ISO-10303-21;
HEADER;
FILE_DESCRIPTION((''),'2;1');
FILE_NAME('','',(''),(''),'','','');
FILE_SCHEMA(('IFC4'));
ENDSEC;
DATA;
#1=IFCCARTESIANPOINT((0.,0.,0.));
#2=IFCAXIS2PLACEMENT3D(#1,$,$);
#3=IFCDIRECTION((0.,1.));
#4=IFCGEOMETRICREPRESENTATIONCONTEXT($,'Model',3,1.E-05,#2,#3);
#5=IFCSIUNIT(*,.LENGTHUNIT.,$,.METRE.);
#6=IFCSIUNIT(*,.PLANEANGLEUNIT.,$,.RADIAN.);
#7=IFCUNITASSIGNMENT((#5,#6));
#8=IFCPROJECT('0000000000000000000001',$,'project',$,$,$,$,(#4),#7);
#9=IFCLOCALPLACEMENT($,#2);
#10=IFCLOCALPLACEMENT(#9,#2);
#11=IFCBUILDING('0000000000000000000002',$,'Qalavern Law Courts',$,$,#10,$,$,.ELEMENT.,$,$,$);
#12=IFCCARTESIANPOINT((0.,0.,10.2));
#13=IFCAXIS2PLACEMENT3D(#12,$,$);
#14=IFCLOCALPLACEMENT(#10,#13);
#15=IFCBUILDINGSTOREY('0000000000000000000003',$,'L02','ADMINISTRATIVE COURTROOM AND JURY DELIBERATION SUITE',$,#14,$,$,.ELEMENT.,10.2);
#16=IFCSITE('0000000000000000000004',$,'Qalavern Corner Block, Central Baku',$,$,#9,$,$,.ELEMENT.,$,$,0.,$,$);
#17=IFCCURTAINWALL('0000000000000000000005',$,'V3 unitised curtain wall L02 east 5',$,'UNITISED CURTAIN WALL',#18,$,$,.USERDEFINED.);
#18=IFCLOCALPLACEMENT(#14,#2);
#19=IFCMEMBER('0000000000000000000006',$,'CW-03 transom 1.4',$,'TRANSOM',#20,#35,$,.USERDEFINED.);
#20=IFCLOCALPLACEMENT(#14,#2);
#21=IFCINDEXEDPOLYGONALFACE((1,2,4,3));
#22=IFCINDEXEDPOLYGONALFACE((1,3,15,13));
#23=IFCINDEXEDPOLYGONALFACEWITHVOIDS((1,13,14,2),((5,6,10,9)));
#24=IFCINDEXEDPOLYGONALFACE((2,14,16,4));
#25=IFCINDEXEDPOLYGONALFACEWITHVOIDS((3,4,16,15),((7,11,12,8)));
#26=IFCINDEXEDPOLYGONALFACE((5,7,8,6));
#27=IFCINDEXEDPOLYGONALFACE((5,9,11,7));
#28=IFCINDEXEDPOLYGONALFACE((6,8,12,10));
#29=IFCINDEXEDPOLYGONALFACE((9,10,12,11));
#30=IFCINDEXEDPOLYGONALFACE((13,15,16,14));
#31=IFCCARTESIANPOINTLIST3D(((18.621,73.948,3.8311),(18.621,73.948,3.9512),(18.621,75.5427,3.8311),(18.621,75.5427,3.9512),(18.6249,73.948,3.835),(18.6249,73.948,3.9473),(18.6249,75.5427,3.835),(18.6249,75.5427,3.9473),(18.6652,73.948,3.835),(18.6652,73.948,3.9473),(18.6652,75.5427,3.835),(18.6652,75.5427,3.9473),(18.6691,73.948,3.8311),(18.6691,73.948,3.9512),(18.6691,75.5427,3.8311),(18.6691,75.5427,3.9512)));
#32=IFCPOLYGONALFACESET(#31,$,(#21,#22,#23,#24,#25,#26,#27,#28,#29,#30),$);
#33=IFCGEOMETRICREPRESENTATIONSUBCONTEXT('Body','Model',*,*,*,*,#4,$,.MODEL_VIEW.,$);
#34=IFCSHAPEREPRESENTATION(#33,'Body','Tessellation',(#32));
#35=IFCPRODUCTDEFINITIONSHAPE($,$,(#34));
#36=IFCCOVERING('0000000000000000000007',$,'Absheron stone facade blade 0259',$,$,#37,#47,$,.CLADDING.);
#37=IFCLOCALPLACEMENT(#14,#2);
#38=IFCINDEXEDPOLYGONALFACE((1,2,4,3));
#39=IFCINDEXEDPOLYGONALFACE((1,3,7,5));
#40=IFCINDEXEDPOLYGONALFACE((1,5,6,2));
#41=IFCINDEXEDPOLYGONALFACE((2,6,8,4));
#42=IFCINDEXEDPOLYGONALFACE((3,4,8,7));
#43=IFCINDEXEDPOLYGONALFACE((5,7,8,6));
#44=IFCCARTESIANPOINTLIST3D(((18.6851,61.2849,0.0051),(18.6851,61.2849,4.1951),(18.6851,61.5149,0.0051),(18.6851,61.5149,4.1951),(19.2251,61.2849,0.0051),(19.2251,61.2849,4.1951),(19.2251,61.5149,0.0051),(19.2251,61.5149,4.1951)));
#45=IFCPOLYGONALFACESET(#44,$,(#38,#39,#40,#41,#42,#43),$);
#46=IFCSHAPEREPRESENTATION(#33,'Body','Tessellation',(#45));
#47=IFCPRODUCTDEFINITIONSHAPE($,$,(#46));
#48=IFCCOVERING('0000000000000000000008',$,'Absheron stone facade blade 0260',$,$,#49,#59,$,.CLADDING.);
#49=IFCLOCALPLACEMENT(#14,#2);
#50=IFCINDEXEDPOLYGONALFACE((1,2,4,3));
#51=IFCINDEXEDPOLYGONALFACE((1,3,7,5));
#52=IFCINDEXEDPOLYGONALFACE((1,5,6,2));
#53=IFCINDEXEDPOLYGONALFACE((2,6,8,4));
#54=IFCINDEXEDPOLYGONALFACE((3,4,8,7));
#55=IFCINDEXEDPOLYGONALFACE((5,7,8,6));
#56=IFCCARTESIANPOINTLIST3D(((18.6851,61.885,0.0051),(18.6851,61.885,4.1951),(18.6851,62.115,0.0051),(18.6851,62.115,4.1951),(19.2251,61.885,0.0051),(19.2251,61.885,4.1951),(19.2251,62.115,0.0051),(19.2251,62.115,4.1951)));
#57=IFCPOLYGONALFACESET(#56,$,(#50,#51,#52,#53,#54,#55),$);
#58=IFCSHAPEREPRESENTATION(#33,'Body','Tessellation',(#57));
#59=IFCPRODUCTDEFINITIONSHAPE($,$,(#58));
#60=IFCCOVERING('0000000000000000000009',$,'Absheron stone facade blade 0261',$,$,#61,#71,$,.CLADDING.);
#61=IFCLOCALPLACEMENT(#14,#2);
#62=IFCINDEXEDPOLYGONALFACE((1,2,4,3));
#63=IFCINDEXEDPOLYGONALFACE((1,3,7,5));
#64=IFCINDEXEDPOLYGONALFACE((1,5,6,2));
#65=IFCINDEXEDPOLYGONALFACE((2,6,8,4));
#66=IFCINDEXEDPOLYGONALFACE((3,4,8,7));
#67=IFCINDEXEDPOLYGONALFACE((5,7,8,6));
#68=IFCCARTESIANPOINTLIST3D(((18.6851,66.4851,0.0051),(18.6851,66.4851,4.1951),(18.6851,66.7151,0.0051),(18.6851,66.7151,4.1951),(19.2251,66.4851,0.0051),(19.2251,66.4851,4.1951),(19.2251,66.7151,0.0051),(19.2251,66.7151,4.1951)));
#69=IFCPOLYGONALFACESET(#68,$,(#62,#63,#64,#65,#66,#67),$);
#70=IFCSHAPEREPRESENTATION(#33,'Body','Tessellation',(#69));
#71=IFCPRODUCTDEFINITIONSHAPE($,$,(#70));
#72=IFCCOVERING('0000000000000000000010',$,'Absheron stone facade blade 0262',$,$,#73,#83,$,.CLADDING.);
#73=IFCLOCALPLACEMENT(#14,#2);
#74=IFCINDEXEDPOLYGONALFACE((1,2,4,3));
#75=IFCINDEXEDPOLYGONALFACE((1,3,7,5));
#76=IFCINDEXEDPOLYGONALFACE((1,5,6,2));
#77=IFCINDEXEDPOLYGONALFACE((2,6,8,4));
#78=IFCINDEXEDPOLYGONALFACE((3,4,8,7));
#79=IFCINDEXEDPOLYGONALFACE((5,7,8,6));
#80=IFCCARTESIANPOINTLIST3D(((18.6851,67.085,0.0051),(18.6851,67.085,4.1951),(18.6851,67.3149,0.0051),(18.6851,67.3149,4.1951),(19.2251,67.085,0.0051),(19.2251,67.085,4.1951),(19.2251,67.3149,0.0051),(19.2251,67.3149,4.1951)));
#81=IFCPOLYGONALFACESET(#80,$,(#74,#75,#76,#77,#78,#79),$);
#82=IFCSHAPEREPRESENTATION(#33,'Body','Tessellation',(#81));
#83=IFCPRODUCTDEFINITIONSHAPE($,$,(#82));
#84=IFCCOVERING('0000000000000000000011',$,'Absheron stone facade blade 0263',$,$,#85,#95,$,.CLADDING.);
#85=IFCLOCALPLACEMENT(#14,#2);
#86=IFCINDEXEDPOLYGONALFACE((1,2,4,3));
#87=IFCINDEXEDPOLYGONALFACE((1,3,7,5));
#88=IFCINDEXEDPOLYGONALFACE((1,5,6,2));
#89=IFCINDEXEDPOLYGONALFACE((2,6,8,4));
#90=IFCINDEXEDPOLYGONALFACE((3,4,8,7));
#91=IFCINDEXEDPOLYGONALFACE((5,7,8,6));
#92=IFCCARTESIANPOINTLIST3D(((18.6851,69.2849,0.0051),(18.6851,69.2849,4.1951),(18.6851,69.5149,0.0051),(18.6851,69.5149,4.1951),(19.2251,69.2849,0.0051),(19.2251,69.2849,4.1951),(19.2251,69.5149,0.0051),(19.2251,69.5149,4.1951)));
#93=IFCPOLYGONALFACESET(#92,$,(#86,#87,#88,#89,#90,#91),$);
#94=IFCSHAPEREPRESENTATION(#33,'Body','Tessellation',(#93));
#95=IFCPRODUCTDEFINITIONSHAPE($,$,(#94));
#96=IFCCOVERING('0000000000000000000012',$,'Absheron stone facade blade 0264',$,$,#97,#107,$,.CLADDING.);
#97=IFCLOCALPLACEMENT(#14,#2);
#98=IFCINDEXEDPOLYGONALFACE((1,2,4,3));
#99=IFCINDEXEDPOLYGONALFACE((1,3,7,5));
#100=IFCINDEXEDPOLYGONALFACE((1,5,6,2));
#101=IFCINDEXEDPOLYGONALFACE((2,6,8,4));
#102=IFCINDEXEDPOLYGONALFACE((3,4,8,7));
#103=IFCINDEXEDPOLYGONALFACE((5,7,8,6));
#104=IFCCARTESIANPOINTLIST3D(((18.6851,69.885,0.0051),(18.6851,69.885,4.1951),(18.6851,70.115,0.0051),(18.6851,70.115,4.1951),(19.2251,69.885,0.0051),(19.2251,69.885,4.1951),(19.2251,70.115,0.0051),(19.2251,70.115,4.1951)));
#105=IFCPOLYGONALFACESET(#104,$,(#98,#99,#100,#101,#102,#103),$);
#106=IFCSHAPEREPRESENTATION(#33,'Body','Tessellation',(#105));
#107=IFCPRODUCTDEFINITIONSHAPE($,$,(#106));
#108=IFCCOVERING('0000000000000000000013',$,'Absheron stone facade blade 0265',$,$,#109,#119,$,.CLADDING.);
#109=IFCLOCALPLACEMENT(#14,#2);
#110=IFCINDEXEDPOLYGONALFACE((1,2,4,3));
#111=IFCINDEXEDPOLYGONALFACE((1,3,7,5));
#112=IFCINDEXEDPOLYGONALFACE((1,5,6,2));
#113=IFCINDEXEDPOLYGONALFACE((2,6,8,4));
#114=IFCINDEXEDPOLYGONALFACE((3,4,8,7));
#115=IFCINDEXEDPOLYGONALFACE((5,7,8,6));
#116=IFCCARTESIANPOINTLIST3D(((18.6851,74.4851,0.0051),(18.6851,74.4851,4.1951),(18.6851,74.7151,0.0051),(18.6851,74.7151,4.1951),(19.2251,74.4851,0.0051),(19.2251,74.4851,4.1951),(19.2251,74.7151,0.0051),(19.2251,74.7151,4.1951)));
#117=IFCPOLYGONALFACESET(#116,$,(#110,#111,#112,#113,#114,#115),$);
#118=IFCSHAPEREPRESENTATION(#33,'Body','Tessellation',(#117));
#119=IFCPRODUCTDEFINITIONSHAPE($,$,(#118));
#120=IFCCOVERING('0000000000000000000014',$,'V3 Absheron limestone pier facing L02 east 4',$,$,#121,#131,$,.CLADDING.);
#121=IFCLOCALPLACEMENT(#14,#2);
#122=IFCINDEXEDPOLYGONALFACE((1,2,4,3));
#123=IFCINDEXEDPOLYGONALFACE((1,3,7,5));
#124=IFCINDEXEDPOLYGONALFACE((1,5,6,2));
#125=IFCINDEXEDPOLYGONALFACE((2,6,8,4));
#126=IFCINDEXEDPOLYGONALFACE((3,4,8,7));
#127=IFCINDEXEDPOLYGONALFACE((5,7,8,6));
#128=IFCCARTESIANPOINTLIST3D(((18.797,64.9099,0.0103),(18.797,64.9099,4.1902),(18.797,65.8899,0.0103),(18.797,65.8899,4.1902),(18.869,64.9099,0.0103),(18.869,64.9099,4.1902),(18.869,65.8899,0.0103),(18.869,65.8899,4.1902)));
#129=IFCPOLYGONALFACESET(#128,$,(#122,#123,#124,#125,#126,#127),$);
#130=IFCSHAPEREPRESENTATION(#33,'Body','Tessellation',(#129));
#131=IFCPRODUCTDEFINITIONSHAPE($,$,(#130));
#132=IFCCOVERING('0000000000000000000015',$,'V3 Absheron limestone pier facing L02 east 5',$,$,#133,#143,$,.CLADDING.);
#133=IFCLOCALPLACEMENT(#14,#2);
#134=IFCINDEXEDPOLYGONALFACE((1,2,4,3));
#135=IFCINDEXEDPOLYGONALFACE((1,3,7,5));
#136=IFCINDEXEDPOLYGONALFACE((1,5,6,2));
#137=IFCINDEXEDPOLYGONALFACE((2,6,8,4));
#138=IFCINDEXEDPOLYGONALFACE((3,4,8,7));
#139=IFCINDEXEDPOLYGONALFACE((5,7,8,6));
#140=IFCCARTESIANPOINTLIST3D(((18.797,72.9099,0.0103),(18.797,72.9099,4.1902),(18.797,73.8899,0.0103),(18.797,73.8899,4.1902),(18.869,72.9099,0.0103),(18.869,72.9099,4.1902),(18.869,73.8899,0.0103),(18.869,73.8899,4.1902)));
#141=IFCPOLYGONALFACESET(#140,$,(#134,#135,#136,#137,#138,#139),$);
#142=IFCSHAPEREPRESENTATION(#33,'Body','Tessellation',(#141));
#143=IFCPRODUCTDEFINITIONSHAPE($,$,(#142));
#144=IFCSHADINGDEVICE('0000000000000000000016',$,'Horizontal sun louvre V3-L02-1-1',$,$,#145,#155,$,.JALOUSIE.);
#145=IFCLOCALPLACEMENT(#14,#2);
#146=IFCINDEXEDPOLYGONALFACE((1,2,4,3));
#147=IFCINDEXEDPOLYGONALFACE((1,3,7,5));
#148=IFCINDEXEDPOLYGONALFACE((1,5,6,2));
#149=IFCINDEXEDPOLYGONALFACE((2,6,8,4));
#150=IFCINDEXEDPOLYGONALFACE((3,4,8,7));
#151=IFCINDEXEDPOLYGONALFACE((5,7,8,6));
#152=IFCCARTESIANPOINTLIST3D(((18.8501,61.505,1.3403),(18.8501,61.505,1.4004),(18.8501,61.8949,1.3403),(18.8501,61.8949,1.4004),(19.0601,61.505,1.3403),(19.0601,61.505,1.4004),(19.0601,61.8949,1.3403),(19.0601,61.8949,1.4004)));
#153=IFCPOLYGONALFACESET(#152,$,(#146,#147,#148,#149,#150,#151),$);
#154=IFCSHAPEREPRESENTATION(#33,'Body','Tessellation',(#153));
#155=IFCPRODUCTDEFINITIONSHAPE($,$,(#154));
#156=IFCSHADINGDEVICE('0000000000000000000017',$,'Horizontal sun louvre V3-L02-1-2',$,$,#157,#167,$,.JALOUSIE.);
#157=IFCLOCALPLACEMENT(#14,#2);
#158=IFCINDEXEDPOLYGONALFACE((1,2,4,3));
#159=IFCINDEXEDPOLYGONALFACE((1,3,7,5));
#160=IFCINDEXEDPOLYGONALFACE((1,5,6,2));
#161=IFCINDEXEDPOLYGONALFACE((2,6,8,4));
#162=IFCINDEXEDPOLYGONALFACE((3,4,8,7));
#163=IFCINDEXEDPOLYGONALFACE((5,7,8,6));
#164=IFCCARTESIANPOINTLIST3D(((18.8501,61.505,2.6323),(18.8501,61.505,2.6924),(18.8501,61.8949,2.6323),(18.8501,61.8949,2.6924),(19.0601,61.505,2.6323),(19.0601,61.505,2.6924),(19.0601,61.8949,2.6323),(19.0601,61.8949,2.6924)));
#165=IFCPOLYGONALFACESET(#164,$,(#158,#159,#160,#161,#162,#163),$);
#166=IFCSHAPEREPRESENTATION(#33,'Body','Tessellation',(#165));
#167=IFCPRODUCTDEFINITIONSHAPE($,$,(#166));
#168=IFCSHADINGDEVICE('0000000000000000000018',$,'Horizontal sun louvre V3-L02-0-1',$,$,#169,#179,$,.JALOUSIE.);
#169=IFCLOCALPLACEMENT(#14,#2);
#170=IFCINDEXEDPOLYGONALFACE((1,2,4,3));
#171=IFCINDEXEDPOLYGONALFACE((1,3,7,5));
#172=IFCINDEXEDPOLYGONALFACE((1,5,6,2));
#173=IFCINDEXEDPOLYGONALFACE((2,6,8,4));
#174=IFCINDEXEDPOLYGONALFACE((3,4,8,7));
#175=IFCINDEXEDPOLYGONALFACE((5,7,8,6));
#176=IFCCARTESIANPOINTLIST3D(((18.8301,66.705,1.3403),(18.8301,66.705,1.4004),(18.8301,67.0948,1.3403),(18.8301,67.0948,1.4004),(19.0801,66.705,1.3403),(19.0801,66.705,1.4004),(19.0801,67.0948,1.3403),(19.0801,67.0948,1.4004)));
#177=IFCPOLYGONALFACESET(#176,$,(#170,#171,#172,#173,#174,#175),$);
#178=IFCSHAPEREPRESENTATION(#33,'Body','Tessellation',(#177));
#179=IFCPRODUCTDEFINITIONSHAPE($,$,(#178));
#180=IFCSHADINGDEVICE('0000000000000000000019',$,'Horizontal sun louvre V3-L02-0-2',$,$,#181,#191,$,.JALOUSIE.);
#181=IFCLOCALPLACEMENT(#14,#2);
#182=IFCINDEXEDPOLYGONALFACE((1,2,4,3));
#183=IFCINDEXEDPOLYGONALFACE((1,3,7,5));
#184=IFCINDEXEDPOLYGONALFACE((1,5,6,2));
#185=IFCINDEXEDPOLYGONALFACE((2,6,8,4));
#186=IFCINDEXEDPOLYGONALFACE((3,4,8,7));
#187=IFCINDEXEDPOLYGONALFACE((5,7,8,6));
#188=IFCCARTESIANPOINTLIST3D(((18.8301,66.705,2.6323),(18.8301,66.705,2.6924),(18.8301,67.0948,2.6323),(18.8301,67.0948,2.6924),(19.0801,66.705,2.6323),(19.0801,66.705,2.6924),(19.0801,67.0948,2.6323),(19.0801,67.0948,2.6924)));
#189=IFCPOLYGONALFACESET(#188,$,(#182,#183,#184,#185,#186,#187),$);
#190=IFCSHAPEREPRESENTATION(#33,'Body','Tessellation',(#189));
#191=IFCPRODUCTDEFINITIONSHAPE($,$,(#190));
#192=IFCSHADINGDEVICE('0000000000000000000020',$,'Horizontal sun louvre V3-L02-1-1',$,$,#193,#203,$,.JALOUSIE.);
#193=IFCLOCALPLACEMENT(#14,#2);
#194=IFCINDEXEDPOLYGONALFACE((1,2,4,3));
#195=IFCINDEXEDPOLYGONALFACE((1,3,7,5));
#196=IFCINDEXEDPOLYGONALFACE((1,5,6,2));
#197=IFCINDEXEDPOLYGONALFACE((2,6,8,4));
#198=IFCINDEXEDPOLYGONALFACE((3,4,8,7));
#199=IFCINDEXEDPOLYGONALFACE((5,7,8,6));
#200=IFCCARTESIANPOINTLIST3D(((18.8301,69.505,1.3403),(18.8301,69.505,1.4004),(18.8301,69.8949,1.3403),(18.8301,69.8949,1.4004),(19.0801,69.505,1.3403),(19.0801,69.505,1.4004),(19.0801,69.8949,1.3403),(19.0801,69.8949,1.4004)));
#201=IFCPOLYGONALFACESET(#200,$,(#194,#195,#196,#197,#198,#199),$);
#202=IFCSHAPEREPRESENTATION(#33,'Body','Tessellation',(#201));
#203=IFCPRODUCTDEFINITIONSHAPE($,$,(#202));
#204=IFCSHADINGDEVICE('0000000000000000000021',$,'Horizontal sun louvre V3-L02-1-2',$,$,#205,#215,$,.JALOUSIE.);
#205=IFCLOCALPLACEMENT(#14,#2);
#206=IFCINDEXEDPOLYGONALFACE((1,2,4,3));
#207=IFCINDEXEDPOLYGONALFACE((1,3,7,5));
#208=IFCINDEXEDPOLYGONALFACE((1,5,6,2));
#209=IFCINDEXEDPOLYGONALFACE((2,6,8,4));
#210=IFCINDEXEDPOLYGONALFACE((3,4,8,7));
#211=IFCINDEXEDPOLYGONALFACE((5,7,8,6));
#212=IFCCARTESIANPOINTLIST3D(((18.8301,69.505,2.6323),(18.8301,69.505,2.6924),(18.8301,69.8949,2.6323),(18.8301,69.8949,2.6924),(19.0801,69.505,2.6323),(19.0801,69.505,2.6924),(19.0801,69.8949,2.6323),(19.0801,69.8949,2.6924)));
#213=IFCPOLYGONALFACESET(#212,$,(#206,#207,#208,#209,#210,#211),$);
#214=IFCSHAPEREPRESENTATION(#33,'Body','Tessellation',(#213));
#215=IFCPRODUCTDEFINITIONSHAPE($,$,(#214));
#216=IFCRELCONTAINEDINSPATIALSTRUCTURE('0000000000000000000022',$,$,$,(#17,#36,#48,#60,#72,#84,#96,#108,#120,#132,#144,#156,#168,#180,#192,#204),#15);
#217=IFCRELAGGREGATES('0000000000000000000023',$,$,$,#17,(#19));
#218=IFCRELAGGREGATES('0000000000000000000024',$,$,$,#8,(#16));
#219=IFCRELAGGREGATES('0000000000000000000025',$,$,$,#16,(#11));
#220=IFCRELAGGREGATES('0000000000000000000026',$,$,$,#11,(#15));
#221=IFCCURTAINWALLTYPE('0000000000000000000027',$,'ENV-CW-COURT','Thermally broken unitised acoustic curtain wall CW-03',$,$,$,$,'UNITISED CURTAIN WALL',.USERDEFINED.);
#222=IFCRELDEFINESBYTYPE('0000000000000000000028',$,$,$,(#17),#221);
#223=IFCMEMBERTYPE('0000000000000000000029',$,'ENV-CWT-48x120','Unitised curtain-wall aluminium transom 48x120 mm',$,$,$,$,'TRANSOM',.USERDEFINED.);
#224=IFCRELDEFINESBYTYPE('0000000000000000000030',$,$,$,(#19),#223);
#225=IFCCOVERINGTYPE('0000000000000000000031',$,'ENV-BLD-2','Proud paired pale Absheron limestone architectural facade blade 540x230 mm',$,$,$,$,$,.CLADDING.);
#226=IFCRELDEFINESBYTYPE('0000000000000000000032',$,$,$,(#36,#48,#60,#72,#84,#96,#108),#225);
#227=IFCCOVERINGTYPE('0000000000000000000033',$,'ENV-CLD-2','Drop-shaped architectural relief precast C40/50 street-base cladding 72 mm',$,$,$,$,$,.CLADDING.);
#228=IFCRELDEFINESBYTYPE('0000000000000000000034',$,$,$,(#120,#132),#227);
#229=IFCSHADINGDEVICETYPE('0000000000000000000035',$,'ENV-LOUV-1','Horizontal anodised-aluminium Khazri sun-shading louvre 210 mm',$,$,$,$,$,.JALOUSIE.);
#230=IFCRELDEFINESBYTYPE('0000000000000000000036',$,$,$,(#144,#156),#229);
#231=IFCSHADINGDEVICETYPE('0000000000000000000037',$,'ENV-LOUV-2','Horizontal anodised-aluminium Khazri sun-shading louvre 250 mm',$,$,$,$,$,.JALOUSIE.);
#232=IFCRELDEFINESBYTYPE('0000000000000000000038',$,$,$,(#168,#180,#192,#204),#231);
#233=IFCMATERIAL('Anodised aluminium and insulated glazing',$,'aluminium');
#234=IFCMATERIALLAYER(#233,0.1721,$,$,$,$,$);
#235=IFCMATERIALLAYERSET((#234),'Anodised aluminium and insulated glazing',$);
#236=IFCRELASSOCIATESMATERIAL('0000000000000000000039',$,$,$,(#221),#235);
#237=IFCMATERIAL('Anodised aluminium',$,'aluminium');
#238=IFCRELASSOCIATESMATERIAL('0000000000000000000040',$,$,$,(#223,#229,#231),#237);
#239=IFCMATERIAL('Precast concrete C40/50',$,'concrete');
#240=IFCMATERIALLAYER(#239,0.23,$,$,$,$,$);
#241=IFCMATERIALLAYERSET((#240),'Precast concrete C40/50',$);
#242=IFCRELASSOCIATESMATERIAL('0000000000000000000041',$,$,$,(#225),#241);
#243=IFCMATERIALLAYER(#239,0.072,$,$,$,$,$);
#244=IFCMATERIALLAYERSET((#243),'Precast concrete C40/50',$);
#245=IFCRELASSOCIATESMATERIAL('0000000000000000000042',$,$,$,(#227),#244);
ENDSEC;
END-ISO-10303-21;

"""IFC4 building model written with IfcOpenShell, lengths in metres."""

from ifc_helpers import new_model, si_unit, direction, frame, origin, origin_2d, place, context, subcontext, project, spatial, rectangle, hollow_rectangle, extrude, material, layer, layer_set, material_profile, profile_set, type_object, element, aggregate, save


model = new_model("IFC4")

# Units and contexts
model_context = context("Model", 3, precision=1e-05, world=origin(), true_north=direction((0.0, 1.0)))
body_context = subcontext(model_context, "Body", "Model", "MODEL_VIEW")
ifc_project = project(units=[si_unit("LENGTHUNIT", "METRE"), si_unit("PLANEANGLEUNIT", "RADIAN")], contexts=[model_context])

# Site, building, storey
site_placement = place(None, origin())
site = spatial("IfcSite", under=ifc_project, at=site_placement, Name="Qalavern Corner Block, Central Baku", CompositionType="ELEMENT", RefElevation=0.0)
building_placement = place(site_placement, origin())
building = spatial("IfcBuilding", under=site, at=building_placement, Name="Qalavern Law Courts", CompositionType="ELEMENT")
storey_placement = place(building_placement, frame((0.0, 0.0, 10.2)))
storey = spatial("IfcBuildingStorey", under=building, at=storey_placement, Name="L02", Description="ADMINISTRATIVE COURTROOM AND JURY DELIBERATION SUITE", CompositionType="ELEMENT", Elevation=10.2)

# Curtain wall, member
ifc_material_1 = material(Name="Anodised aluminium and insulated glazing", Category="aluminium")
ifc_layer_1 = layer(ifc_material_1, 0.1721)
ifc_layer_set_1 = layer_set([ifc_layer_1], Name="Anodised aluminium and insulated glazing")
curtain_wall_type = type_object("IfcCurtainWallType", Name="ENV-CW-COURT", Description="Thermally broken unitised acoustic curtain wall CW-03", ElementType="UNITISED CURTAIN WALL", PredefinedType="USERDEFINED", material=ifc_layer_set_1)
curtain_wall_placement = place(storey_placement, origin())
curtain_wall = element("IfcCurtainWall", 1, at=curtain_wall_placement, inside=storey, type_object=curtain_wall_type, Name="V3 unitised curtain wall L02 east 5", ObjectType="UNITISED CURTAIN WALL", PredefinedType="USERDEFINED")
ifc_material_2 = material(Name="Anodised aluminium", Category="aluminium")
ifc_material_profile = material_profile(ifc_material_2, hollow_rectangle(XDim=0.0481, YDim=0.1201, WallThickness=0.0039, at=origin_2d()), Name="ALU TRANSOM 48x120")
ifc_profile_set = profile_set([ifc_material_profile], Name="Anodised aluminium")
member_type = type_object("IfcMemberType", Name="ENV-CWT-48x120", Description="Unitised curtain-wall aluminium transom 48x120 mm", ElementType="TRANSOM", PredefinedType="USERDEFINED", material=ifc_profile_set)
member_placement = place(storey_placement, frame((18.645, 73.948, 3.8911), z_axis=(0.0, 1.0, 0.0), x_axis=(-1.0, 0.0, 0.0)))
member = element("IfcMember", 2, at=member_placement, type_object=member_type, Name="CW-03 transom 1.4", ObjectType="TRANSOM", PredefinedType="USERDEFINED", context=body_context, shape_type="SweptSolid", body=[
    extrude(hollow_rectangle(XDim=0.0481, YDim=0.1201, WallThickness=0.0039, at=origin_2d()), origin(), (0.0, 0.0, 1.0), 1.5947),
])
aggregate(curtain_wall, [member])

# Coverings
ifc_material_3 = material(Name="Precast concrete C40/50", Category="concrete")
ifc_layer_2 = layer(ifc_material_3, 0.23)
ifc_layer_set_2 = layer_set([ifc_layer_2], Name="Precast concrete C40/50")
covering_type_1 = type_object("IfcCoveringType", Name="ENV-BLD-2", Description="Proud paired pale Absheron limestone architectural facade blade 540x230 mm", PredefinedType="CLADDING", material=ifc_layer_set_2)
for number, where, z_axis, x_axis, name in (
    (3, (18.9551, 61.3999, 0.0051), (0.0, 0.0, 1.0), (1.0, 0.0, 0.0), "Absheron stone facade blade 0259"),
    (4, (18.9551, 62.0, 0.0051), (0.0, 0.0, 1.0), (1.0, 0.0, 0.0), "Absheron stone facade blade 0260"),
    (5, (18.9551, 66.6001, 0.0051), (0.0, 0.0, 1.0), (1.0, 0.0, 0.0), "Absheron stone facade blade 0261"),
    (6, (18.9551, 67.2, 0.0051), (0.0, 0.0, 1.0), (1.0, 0.0, 0.0), "Absheron stone facade blade 0262"),
    (7, (18.9551, 69.3999, 0.0051), (0.0, 0.0, 1.0), (1.0, 0.0, 0.0), "Absheron stone facade blade 0263"),
    (8, (18.9551, 70.0, 0.0051), (0.0, 0.0, 1.0), (1.0, 0.0, 0.0), "Absheron stone facade blade 0264"),
    (9, (18.9551, 74.6001, 0.0051), (0.0, 0.0, 1.0), (1.0, 0.0, 0.0), "Absheron stone facade blade 0265"),
):
    element("IfcCovering", number, at=place(storey_placement, frame(where, z_axis=z_axis, x_axis=x_axis)), inside=storey, type_object=covering_type_1, Name=name, PredefinedType="CLADDING", context=body_context, shape_type="SweptSolid", body=[
        extrude(rectangle(XDim=0.54, YDim=0.23, at=origin_2d()), origin(), (0.0, 0.0, 1.0), 4.1899),
    ])
ifc_layer_3 = layer(ifc_material_3, 0.072)
ifc_layer_set_3 = layer_set([ifc_layer_3], Name="Precast concrete C40/50")
covering_type_2 = type_object("IfcCoveringType", Name="ENV-CLD-2", Description="Drop-shaped architectural relief precast C40/50 street-base cladding 72 mm", PredefinedType="CLADDING", material=ifc_layer_set_3)
for number, where, z_axis, x_axis, name in (
    (10, (18.833, 65.3999, 0.0103), (0.0, 0.0, 1.0), (0.0, 1.0, 0.0), "V3 Absheron limestone pier facing L02 east 4"),
    (11, (18.833, 73.3999, 0.0103), (0.0, 0.0, 1.0), (0.0, 1.0, 0.0), "V3 Absheron limestone pier facing L02 east 5"),
):
    element("IfcCovering", number, at=place(storey_placement, frame(where, z_axis=z_axis, x_axis=x_axis)), inside=storey, type_object=covering_type_2, Name=name, PredefinedType="CLADDING", context=body_context, shape_type="SweptSolid", body=[
        extrude(rectangle(XDim=0.98, YDim=0.072, at=origin_2d()), origin(), (0.0, 0.0, 1.0), 4.1799),
    ])

# Shading devices
shading_device_type_1 = type_object("IfcShadingDeviceType", Name="ENV-LOUV-1", Description="Horizontal anodised-aluminium Khazri sun-shading louvre 210 mm", PredefinedType="JALOUSIE", material=ifc_material_2)
for number, where, z_axis, x_axis, name in (
    (12, (18.9551, 61.7, 1.3403), (0.0, 0.0, 1.0), (0.0, 1.0, 0.0), "Horizontal sun louvre V3-L02-1-1"),
    (13, (18.9551, 61.7, 2.6323), (0.0, 0.0, 1.0), (0.0, 1.0, 0.0), "Horizontal sun louvre V3-L02-1-2"),
):
    element("IfcShadingDevice", number, at=place(storey_placement, frame(where, z_axis=z_axis, x_axis=x_axis)), inside=storey, type_object=shading_device_type_1, Name=name, PredefinedType="JALOUSIE", context=body_context, shape_type="SweptSolid", body=[
        extrude(rectangle(XDim=0.3899, YDim=0.21, at=origin_2d()), origin(), (0.0, 0.0, 1.0), 0.0601),
    ])
shading_device_type_2 = type_object("IfcShadingDeviceType", Name="ENV-LOUV-2", Description="Horizontal anodised-aluminium Khazri sun-shading louvre 250 mm", PredefinedType="JALOUSIE", material=ifc_material_2)
for number, where, z_axis, x_axis, name in (
    (14, (18.9551, 66.8999, 1.3403), (0.0, 0.0, 1.0), (0.0, 1.0, 0.0), "Horizontal sun louvre V3-L02-0-1"),
    (15, (18.9551, 66.8999, 2.6323), (0.0, 0.0, 1.0), (0.0, 1.0, 0.0), "Horizontal sun louvre V3-L02-0-2"),
    (16, (18.9551, 69.7, 1.3403), (0.0, 0.0, 1.0), (0.0, 1.0, 0.0), "Horizontal sun louvre V3-L02-1-1"),
    (17, (18.9551, 69.7, 2.6323), (0.0, 0.0, 1.0), (0.0, 1.0, 0.0), "Horizontal sun louvre V3-L02-1-2"),
):
    element("IfcShadingDevice", number, at=place(storey_placement, frame(where, z_axis=z_axis, x_axis=x_axis)), inside=storey, type_object=shading_device_type_2, Name=name, PredefinedType="JALOUSIE", context=body_context, shape_type="SweptSolid", body=[
        extrude(rectangle(XDim=0.3899, YDim=0.25, at=origin_2d()), origin(), (0.0, 0.0, 1.0), 0.0601),
    ])

save(model, "model.ifc")
